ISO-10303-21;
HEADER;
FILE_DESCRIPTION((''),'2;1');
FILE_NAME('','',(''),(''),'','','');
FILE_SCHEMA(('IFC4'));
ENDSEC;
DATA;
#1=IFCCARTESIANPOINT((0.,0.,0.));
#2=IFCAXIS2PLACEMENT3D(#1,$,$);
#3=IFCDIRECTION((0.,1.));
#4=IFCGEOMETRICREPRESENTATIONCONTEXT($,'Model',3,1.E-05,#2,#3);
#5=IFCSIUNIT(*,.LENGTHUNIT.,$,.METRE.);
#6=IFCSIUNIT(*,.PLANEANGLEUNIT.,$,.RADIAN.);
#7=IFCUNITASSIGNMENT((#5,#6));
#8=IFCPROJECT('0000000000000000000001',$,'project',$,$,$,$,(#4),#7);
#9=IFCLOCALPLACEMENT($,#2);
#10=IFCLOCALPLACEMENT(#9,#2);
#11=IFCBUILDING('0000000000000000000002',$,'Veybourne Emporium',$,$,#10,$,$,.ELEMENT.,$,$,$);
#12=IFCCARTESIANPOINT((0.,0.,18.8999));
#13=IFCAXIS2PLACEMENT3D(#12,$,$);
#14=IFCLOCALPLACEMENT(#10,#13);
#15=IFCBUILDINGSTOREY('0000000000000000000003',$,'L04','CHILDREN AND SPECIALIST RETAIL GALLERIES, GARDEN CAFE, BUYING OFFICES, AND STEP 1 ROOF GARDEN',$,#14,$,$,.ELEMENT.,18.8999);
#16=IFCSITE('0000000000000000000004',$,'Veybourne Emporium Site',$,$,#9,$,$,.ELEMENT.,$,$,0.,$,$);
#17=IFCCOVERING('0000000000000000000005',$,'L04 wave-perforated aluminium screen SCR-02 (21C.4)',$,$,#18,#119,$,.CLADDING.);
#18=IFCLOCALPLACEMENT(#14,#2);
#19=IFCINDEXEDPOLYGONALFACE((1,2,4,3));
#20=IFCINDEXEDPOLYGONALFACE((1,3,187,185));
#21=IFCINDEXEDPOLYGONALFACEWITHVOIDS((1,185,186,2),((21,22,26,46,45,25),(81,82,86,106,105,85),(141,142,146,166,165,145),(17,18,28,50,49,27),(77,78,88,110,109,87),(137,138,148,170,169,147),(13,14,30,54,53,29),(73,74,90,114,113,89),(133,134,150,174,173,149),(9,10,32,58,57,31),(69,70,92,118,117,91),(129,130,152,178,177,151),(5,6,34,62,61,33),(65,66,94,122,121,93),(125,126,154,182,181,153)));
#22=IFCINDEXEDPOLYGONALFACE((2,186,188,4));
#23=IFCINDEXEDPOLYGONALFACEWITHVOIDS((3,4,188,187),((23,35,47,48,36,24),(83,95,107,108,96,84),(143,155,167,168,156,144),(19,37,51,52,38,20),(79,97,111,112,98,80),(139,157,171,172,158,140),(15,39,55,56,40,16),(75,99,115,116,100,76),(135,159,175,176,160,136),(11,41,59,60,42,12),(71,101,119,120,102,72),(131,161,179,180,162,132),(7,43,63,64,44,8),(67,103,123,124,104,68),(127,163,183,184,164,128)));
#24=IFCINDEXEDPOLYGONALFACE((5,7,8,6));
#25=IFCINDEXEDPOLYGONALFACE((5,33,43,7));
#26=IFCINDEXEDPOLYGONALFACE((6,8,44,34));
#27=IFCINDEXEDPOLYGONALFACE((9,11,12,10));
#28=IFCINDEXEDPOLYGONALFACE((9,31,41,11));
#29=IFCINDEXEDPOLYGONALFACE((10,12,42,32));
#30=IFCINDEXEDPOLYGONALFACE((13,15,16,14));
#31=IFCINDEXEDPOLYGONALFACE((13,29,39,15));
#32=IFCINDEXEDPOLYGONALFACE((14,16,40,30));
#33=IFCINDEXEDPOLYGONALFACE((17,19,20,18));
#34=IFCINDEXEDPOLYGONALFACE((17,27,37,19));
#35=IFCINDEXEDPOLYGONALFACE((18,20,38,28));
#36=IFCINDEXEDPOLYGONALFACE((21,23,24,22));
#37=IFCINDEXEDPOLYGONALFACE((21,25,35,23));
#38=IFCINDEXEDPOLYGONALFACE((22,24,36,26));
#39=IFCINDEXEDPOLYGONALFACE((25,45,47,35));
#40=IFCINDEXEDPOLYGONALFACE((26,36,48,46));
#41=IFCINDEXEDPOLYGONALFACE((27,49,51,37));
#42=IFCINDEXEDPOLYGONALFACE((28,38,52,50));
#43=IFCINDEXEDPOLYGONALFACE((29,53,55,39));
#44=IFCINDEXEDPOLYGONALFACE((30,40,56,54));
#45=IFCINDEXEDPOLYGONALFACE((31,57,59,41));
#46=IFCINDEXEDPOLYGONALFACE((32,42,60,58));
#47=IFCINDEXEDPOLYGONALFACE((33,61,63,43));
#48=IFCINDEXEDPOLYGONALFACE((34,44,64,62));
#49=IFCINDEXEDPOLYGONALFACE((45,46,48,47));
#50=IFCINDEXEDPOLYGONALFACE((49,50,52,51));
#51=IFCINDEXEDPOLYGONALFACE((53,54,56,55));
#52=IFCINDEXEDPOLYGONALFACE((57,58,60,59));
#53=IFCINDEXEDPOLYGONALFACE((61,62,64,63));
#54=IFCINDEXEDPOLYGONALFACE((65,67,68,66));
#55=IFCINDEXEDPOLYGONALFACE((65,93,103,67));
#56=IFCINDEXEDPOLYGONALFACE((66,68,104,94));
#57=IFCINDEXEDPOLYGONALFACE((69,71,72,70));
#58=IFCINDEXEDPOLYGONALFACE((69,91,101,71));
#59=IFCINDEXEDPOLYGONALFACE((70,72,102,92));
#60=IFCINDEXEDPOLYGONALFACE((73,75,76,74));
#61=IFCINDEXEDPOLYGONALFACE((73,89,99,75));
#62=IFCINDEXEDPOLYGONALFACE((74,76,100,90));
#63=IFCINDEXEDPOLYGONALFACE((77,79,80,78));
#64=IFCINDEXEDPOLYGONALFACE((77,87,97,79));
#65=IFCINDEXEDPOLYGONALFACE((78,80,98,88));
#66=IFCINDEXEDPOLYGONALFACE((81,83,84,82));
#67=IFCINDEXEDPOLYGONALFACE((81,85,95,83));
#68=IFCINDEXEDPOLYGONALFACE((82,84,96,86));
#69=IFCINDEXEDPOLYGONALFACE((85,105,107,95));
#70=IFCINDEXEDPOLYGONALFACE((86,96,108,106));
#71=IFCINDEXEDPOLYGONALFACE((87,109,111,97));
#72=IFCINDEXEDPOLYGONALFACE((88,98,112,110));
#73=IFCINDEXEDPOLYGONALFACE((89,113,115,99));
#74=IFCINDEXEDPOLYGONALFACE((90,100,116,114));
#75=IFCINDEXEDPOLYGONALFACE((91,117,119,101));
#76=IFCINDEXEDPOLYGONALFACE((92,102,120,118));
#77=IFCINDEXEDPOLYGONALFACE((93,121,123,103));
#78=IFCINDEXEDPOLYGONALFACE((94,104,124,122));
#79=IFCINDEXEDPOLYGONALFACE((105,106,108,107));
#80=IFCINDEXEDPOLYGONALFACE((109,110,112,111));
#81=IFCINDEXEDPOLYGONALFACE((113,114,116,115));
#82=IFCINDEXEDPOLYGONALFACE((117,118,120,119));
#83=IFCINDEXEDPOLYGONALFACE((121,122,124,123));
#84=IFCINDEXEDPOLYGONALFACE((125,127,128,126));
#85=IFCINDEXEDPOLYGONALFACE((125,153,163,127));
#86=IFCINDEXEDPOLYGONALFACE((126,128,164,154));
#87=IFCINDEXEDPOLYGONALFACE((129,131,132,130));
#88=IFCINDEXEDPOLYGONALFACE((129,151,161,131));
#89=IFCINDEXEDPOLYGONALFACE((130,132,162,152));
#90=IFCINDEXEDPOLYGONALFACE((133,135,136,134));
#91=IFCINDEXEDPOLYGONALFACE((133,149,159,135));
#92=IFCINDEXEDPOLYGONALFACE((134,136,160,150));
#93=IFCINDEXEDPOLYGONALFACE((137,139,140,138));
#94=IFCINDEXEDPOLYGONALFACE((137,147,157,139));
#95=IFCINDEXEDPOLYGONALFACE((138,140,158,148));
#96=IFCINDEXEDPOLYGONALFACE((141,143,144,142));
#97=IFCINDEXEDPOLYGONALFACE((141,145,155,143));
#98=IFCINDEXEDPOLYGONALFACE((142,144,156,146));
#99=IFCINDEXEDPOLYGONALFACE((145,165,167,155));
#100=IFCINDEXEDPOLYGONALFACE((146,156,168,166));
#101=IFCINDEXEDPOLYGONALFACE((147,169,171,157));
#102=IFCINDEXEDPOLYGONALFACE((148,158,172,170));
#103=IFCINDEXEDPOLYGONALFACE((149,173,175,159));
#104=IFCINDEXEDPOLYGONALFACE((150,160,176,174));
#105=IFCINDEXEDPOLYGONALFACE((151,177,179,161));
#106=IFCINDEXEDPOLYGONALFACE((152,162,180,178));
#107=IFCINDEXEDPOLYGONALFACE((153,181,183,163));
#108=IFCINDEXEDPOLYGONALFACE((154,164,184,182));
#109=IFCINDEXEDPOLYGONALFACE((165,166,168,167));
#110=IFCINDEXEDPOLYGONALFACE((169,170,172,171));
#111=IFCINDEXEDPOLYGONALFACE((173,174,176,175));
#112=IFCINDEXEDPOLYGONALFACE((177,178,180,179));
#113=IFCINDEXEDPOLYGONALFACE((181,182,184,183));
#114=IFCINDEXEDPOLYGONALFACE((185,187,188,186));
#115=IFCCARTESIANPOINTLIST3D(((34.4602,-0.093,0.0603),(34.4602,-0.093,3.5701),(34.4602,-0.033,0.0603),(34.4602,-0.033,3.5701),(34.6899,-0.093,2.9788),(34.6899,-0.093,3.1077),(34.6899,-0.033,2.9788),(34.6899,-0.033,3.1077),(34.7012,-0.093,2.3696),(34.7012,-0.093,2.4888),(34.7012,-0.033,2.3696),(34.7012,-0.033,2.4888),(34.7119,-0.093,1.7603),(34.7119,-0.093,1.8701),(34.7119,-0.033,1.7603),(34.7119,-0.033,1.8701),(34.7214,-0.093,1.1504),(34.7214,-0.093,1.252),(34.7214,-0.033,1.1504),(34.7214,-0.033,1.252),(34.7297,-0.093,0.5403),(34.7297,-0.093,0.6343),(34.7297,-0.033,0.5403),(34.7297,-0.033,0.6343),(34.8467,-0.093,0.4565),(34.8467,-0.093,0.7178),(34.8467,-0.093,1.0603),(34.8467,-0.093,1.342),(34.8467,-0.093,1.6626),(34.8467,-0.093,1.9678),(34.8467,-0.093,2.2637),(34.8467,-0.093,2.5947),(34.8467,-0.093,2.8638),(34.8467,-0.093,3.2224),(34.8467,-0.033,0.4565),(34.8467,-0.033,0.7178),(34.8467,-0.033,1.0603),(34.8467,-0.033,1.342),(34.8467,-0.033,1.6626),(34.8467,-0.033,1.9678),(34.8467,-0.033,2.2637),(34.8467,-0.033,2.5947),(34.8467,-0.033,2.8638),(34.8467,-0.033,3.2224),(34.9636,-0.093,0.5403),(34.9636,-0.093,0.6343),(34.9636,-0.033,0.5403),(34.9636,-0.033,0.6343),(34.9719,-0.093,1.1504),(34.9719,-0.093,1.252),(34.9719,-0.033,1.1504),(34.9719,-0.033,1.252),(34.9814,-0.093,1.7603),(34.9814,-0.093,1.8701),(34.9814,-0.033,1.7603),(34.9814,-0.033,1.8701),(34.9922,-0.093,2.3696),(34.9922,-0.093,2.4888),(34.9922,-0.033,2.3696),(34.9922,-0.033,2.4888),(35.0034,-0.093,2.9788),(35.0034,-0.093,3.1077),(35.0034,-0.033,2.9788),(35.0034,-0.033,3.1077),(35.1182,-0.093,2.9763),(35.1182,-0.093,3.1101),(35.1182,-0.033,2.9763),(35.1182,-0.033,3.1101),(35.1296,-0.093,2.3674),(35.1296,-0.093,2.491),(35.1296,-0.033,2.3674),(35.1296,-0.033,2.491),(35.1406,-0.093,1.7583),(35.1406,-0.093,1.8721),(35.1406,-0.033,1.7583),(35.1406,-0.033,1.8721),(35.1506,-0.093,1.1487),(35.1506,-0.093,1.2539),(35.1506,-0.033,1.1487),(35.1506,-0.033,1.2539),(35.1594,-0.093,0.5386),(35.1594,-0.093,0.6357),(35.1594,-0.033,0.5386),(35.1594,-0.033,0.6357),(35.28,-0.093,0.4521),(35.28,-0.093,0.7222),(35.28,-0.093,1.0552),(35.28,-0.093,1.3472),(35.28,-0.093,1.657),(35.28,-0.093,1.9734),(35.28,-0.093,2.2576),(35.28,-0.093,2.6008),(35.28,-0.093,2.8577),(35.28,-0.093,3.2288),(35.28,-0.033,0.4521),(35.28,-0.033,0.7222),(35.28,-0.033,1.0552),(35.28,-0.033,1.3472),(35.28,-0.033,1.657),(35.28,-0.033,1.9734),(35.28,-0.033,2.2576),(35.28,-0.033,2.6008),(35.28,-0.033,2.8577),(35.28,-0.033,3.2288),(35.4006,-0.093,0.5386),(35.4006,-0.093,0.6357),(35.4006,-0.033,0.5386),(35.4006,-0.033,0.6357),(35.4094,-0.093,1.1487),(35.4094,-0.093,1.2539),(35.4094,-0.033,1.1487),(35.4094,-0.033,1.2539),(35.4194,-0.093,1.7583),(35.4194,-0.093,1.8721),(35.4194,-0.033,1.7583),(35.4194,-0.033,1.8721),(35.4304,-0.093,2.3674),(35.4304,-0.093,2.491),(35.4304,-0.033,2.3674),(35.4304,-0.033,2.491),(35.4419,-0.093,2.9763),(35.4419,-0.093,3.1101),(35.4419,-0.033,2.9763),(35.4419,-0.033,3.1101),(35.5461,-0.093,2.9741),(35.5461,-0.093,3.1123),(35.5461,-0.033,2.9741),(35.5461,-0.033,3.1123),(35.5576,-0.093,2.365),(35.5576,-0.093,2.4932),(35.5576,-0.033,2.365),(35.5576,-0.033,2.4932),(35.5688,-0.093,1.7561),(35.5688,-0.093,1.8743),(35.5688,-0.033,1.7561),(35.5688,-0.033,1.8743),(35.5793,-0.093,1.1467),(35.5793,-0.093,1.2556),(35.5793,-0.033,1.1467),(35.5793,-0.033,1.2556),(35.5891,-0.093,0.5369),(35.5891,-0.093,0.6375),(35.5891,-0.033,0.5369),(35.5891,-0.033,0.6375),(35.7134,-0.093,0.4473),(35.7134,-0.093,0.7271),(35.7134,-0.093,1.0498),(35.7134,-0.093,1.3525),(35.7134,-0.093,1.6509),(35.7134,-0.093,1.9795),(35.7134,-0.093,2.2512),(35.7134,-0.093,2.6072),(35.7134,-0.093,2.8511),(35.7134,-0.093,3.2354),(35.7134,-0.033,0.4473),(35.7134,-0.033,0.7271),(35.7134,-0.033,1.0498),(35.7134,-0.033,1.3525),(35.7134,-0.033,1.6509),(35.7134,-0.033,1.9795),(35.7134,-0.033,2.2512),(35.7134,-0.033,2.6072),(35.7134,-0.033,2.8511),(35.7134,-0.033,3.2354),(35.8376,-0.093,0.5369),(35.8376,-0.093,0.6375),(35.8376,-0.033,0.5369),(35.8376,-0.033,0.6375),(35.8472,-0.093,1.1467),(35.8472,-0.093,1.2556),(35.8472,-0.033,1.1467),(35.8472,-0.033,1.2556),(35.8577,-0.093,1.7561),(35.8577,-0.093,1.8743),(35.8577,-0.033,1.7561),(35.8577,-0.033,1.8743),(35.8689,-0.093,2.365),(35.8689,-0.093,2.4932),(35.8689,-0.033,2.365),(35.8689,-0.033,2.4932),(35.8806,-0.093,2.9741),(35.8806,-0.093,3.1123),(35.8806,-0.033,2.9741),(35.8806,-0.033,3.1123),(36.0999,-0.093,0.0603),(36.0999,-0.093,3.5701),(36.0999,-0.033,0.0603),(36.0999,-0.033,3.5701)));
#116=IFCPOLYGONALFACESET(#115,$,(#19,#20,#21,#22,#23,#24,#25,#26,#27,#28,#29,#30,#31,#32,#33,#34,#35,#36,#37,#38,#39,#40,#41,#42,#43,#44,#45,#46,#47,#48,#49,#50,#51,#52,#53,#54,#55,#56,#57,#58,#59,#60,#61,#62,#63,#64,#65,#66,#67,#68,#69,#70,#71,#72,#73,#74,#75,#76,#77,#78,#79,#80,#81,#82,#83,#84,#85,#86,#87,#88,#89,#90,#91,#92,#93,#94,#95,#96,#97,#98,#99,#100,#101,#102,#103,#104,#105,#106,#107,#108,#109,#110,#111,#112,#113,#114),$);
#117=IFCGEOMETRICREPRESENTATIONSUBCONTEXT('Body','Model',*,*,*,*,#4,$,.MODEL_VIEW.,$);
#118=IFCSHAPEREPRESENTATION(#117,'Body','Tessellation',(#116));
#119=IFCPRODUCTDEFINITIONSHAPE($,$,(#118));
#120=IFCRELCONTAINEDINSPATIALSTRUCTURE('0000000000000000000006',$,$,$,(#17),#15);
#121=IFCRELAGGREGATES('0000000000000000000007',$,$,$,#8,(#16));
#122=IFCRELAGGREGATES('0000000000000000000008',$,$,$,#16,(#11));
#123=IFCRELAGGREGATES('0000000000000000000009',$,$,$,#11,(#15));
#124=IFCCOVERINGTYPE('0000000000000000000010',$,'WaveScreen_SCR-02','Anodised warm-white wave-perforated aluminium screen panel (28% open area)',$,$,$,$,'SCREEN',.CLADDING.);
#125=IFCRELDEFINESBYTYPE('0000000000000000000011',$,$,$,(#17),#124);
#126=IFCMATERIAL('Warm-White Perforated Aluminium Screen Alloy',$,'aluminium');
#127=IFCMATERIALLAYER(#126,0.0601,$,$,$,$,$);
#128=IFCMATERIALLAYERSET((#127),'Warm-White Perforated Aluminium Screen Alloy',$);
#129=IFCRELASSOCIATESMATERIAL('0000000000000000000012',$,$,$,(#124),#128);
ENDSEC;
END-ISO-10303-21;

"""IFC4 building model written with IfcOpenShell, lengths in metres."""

from ifc_helpers import new_model, si_unit, direction, frame, origin, place, context, subcontext, project, spatial, polyline, outline, extrude, material, layer, layer_set, type_object, element, save


model = new_model("IFC4")

# Units and contexts
model_context = context("Model", 3, precision=1e-05, world=origin(), true_north=direction((0.0, 1.0)))
body_context = subcontext(model_context, "Body", "Model", "MODEL_VIEW")
ifc_project = project(units=[si_unit("LENGTHUNIT", "METRE"), si_unit("PLANEANGLEUNIT", "RADIAN")], contexts=[model_context])

# Site, building, storey
site_placement = place(None, origin())
site = spatial("IfcSite", under=ifc_project, at=site_placement, Name="Veybourne Emporium Site", CompositionType="ELEMENT", RefElevation=0.0)
building_placement = place(site_placement, origin())
building = spatial("IfcBuilding", under=site, at=building_placement, Name="Veybourne Emporium", CompositionType="ELEMENT")
storey_placement = place(building_placement, frame((0.0, 0.0, 18.8999)))
storey = spatial("IfcBuildingStorey", under=building, at=storey_placement, Name="L04", Description="CHILDREN AND SPECIALIST RETAIL GALLERIES, GARDEN CAFE, BUYING OFFICES, AND STEP 1 ROOF GARDEN", CompositionType="ELEMENT", Elevation=18.8999)

# Covering
ifc_material_1 = material(Name="Warm-White Perforated Aluminium Screen Alloy", Category="aluminium")
ifc_layer_1 = layer(ifc_material_1, 0.0601)
ifc_layer_set_1 = layer_set([ifc_layer_1], Name="Warm-White Perforated Aluminium Screen Alloy")
covering_type_1 = type_object("IfcCoveringType", Name="WaveScreen_SCR-02", Description="Anodised warm-white wave-perforated aluminium screen panel (28% open area)", ElementType="SCREEN", PredefinedType="CLADDING", material=ifc_layer_set_1)
covering_1_placement = place(storey_placement, frame((35.28, -0.093, 1.8152), z_axis=(0.0, 1.0, 0.0), x_axis=(-1.0, 0.0, 0.0)))
element("IfcCovering", 1, at=covering_1_placement, inside=storey, type_object=covering_type_1, Name="L04 wave-perforated aluminium screen SCR-02 (21C.4)", PredefinedType="CLADDING", context=body_context, shape_type="SweptSolid", body=[
    extrude(outline(polyline([(-0.8198, -1.7549), (0.8198, -1.7549), (0.8198, 1.7549), (-0.8198, 1.7549), (-0.8198, -1.7549)]), holes=[polyline([(-0.4333, -1.0881), (-0.3091, -1.1777), (-0.3091, -1.2783), (-0.4333, -1.3679), (-0.5576, -1.2783), (-0.5576, -1.1777), (-0.4333, -1.0881)]), polyline([(-0.4333, -0.4626), (-0.2993, -0.5596), (-0.2993, -0.6685), (-0.4333, -0.7654), (-0.5671, -0.6685), (-0.5671, -0.5596), (-0.4333, -0.4626)]), polyline([(-0.4333, 0.1643), (-0.2888, 0.0591), (-0.2888, -0.0591), (-0.4333, -0.1643), (-0.5776, -0.0591), (-0.5776, 0.0591), (-0.4333, 0.1643)]), polyline([(-0.4333, 0.792), (-0.2776, 0.678), (-0.2776, 0.5498), (-0.4333, 0.436), (-0.5889, 0.5498), (-0.5889, 0.678), (-0.4333, 0.792)]), polyline([(-0.4333, 1.4202), (-0.2661, 1.2971), (-0.2661, 1.1589), (-0.4333, 1.0359), (-0.6006, 1.1589), (-0.6006, 1.2971), (-0.4333, 1.4202)]), polyline([(0.0, -1.093), (0.1206, -1.1794), (0.1206, -1.2766), (0.0, -1.363), (-0.1206, -1.2766), (-0.1206, -1.1794), (0.0, -1.093)]), polyline([(0.0, -0.468), (0.1294, -0.5613), (0.1294, -0.6665), (0.0, -0.76), (-0.1294, -0.6665), (-0.1294, -0.5613), (0.0, -0.468)]), polyline([(0.0, 0.1582), (0.1394, 0.0569), (0.1394, -0.0569), (0.0, -0.1582), (-0.1394, -0.0569), (-0.1394, 0.0569), (0.0, 0.1582)]), polyline([(0.0, 0.7856), (0.1504, 0.6758), (0.1504, 0.5522), (0.0, 0.4424), (-0.1504, 0.5522), (-0.1504, 0.6758), (0.0, 0.7856)]), polyline([(0.0, 1.4136), (0.1619, 1.2949), (0.1619, 1.1611), (0.0, 1.0425), (-0.1619, 1.1611), (-0.1619, 1.2949), (0.0, 1.4136)]), polyline([(0.4333, -1.0974), (0.5503, -1.1809), (0.5503, -1.2749), (0.4333, -1.3586), (0.3164, -1.2749), (0.3164, -1.1809), (0.4333, -1.0974)]), polyline([(0.4333, -0.4731), (0.5586, -0.5632), (0.5586, -0.6648), (0.4333, -0.7549), (0.3081, -0.6648), (0.3081, -0.5632), (0.4333, -0.4731)]), polyline([(0.4333, 0.1526), (0.5681, 0.0549), (0.5681, -0.0549), (0.4333, -0.1526), (0.2986, -0.0549), (0.2986, 0.0549), (0.4333, 0.1526)]), polyline([(0.4333, 0.7795), (0.5789, 0.6736), (0.5789, 0.5544), (0.4333, 0.4485), (0.2878, 0.5544), (0.2878, 0.6736), (0.4333, 0.7795)]), polyline([(0.4333, 1.4072), (0.5901, 1.2925), (0.5901, 1.1636), (0.4333, 1.0486), (0.2766, 1.1636), (0.2766, 1.2925), (0.4333, 1.4072)])]), origin(), (0.0, 0.0, 1.0), 0.0601),
])

save(model, "model.ifc")
